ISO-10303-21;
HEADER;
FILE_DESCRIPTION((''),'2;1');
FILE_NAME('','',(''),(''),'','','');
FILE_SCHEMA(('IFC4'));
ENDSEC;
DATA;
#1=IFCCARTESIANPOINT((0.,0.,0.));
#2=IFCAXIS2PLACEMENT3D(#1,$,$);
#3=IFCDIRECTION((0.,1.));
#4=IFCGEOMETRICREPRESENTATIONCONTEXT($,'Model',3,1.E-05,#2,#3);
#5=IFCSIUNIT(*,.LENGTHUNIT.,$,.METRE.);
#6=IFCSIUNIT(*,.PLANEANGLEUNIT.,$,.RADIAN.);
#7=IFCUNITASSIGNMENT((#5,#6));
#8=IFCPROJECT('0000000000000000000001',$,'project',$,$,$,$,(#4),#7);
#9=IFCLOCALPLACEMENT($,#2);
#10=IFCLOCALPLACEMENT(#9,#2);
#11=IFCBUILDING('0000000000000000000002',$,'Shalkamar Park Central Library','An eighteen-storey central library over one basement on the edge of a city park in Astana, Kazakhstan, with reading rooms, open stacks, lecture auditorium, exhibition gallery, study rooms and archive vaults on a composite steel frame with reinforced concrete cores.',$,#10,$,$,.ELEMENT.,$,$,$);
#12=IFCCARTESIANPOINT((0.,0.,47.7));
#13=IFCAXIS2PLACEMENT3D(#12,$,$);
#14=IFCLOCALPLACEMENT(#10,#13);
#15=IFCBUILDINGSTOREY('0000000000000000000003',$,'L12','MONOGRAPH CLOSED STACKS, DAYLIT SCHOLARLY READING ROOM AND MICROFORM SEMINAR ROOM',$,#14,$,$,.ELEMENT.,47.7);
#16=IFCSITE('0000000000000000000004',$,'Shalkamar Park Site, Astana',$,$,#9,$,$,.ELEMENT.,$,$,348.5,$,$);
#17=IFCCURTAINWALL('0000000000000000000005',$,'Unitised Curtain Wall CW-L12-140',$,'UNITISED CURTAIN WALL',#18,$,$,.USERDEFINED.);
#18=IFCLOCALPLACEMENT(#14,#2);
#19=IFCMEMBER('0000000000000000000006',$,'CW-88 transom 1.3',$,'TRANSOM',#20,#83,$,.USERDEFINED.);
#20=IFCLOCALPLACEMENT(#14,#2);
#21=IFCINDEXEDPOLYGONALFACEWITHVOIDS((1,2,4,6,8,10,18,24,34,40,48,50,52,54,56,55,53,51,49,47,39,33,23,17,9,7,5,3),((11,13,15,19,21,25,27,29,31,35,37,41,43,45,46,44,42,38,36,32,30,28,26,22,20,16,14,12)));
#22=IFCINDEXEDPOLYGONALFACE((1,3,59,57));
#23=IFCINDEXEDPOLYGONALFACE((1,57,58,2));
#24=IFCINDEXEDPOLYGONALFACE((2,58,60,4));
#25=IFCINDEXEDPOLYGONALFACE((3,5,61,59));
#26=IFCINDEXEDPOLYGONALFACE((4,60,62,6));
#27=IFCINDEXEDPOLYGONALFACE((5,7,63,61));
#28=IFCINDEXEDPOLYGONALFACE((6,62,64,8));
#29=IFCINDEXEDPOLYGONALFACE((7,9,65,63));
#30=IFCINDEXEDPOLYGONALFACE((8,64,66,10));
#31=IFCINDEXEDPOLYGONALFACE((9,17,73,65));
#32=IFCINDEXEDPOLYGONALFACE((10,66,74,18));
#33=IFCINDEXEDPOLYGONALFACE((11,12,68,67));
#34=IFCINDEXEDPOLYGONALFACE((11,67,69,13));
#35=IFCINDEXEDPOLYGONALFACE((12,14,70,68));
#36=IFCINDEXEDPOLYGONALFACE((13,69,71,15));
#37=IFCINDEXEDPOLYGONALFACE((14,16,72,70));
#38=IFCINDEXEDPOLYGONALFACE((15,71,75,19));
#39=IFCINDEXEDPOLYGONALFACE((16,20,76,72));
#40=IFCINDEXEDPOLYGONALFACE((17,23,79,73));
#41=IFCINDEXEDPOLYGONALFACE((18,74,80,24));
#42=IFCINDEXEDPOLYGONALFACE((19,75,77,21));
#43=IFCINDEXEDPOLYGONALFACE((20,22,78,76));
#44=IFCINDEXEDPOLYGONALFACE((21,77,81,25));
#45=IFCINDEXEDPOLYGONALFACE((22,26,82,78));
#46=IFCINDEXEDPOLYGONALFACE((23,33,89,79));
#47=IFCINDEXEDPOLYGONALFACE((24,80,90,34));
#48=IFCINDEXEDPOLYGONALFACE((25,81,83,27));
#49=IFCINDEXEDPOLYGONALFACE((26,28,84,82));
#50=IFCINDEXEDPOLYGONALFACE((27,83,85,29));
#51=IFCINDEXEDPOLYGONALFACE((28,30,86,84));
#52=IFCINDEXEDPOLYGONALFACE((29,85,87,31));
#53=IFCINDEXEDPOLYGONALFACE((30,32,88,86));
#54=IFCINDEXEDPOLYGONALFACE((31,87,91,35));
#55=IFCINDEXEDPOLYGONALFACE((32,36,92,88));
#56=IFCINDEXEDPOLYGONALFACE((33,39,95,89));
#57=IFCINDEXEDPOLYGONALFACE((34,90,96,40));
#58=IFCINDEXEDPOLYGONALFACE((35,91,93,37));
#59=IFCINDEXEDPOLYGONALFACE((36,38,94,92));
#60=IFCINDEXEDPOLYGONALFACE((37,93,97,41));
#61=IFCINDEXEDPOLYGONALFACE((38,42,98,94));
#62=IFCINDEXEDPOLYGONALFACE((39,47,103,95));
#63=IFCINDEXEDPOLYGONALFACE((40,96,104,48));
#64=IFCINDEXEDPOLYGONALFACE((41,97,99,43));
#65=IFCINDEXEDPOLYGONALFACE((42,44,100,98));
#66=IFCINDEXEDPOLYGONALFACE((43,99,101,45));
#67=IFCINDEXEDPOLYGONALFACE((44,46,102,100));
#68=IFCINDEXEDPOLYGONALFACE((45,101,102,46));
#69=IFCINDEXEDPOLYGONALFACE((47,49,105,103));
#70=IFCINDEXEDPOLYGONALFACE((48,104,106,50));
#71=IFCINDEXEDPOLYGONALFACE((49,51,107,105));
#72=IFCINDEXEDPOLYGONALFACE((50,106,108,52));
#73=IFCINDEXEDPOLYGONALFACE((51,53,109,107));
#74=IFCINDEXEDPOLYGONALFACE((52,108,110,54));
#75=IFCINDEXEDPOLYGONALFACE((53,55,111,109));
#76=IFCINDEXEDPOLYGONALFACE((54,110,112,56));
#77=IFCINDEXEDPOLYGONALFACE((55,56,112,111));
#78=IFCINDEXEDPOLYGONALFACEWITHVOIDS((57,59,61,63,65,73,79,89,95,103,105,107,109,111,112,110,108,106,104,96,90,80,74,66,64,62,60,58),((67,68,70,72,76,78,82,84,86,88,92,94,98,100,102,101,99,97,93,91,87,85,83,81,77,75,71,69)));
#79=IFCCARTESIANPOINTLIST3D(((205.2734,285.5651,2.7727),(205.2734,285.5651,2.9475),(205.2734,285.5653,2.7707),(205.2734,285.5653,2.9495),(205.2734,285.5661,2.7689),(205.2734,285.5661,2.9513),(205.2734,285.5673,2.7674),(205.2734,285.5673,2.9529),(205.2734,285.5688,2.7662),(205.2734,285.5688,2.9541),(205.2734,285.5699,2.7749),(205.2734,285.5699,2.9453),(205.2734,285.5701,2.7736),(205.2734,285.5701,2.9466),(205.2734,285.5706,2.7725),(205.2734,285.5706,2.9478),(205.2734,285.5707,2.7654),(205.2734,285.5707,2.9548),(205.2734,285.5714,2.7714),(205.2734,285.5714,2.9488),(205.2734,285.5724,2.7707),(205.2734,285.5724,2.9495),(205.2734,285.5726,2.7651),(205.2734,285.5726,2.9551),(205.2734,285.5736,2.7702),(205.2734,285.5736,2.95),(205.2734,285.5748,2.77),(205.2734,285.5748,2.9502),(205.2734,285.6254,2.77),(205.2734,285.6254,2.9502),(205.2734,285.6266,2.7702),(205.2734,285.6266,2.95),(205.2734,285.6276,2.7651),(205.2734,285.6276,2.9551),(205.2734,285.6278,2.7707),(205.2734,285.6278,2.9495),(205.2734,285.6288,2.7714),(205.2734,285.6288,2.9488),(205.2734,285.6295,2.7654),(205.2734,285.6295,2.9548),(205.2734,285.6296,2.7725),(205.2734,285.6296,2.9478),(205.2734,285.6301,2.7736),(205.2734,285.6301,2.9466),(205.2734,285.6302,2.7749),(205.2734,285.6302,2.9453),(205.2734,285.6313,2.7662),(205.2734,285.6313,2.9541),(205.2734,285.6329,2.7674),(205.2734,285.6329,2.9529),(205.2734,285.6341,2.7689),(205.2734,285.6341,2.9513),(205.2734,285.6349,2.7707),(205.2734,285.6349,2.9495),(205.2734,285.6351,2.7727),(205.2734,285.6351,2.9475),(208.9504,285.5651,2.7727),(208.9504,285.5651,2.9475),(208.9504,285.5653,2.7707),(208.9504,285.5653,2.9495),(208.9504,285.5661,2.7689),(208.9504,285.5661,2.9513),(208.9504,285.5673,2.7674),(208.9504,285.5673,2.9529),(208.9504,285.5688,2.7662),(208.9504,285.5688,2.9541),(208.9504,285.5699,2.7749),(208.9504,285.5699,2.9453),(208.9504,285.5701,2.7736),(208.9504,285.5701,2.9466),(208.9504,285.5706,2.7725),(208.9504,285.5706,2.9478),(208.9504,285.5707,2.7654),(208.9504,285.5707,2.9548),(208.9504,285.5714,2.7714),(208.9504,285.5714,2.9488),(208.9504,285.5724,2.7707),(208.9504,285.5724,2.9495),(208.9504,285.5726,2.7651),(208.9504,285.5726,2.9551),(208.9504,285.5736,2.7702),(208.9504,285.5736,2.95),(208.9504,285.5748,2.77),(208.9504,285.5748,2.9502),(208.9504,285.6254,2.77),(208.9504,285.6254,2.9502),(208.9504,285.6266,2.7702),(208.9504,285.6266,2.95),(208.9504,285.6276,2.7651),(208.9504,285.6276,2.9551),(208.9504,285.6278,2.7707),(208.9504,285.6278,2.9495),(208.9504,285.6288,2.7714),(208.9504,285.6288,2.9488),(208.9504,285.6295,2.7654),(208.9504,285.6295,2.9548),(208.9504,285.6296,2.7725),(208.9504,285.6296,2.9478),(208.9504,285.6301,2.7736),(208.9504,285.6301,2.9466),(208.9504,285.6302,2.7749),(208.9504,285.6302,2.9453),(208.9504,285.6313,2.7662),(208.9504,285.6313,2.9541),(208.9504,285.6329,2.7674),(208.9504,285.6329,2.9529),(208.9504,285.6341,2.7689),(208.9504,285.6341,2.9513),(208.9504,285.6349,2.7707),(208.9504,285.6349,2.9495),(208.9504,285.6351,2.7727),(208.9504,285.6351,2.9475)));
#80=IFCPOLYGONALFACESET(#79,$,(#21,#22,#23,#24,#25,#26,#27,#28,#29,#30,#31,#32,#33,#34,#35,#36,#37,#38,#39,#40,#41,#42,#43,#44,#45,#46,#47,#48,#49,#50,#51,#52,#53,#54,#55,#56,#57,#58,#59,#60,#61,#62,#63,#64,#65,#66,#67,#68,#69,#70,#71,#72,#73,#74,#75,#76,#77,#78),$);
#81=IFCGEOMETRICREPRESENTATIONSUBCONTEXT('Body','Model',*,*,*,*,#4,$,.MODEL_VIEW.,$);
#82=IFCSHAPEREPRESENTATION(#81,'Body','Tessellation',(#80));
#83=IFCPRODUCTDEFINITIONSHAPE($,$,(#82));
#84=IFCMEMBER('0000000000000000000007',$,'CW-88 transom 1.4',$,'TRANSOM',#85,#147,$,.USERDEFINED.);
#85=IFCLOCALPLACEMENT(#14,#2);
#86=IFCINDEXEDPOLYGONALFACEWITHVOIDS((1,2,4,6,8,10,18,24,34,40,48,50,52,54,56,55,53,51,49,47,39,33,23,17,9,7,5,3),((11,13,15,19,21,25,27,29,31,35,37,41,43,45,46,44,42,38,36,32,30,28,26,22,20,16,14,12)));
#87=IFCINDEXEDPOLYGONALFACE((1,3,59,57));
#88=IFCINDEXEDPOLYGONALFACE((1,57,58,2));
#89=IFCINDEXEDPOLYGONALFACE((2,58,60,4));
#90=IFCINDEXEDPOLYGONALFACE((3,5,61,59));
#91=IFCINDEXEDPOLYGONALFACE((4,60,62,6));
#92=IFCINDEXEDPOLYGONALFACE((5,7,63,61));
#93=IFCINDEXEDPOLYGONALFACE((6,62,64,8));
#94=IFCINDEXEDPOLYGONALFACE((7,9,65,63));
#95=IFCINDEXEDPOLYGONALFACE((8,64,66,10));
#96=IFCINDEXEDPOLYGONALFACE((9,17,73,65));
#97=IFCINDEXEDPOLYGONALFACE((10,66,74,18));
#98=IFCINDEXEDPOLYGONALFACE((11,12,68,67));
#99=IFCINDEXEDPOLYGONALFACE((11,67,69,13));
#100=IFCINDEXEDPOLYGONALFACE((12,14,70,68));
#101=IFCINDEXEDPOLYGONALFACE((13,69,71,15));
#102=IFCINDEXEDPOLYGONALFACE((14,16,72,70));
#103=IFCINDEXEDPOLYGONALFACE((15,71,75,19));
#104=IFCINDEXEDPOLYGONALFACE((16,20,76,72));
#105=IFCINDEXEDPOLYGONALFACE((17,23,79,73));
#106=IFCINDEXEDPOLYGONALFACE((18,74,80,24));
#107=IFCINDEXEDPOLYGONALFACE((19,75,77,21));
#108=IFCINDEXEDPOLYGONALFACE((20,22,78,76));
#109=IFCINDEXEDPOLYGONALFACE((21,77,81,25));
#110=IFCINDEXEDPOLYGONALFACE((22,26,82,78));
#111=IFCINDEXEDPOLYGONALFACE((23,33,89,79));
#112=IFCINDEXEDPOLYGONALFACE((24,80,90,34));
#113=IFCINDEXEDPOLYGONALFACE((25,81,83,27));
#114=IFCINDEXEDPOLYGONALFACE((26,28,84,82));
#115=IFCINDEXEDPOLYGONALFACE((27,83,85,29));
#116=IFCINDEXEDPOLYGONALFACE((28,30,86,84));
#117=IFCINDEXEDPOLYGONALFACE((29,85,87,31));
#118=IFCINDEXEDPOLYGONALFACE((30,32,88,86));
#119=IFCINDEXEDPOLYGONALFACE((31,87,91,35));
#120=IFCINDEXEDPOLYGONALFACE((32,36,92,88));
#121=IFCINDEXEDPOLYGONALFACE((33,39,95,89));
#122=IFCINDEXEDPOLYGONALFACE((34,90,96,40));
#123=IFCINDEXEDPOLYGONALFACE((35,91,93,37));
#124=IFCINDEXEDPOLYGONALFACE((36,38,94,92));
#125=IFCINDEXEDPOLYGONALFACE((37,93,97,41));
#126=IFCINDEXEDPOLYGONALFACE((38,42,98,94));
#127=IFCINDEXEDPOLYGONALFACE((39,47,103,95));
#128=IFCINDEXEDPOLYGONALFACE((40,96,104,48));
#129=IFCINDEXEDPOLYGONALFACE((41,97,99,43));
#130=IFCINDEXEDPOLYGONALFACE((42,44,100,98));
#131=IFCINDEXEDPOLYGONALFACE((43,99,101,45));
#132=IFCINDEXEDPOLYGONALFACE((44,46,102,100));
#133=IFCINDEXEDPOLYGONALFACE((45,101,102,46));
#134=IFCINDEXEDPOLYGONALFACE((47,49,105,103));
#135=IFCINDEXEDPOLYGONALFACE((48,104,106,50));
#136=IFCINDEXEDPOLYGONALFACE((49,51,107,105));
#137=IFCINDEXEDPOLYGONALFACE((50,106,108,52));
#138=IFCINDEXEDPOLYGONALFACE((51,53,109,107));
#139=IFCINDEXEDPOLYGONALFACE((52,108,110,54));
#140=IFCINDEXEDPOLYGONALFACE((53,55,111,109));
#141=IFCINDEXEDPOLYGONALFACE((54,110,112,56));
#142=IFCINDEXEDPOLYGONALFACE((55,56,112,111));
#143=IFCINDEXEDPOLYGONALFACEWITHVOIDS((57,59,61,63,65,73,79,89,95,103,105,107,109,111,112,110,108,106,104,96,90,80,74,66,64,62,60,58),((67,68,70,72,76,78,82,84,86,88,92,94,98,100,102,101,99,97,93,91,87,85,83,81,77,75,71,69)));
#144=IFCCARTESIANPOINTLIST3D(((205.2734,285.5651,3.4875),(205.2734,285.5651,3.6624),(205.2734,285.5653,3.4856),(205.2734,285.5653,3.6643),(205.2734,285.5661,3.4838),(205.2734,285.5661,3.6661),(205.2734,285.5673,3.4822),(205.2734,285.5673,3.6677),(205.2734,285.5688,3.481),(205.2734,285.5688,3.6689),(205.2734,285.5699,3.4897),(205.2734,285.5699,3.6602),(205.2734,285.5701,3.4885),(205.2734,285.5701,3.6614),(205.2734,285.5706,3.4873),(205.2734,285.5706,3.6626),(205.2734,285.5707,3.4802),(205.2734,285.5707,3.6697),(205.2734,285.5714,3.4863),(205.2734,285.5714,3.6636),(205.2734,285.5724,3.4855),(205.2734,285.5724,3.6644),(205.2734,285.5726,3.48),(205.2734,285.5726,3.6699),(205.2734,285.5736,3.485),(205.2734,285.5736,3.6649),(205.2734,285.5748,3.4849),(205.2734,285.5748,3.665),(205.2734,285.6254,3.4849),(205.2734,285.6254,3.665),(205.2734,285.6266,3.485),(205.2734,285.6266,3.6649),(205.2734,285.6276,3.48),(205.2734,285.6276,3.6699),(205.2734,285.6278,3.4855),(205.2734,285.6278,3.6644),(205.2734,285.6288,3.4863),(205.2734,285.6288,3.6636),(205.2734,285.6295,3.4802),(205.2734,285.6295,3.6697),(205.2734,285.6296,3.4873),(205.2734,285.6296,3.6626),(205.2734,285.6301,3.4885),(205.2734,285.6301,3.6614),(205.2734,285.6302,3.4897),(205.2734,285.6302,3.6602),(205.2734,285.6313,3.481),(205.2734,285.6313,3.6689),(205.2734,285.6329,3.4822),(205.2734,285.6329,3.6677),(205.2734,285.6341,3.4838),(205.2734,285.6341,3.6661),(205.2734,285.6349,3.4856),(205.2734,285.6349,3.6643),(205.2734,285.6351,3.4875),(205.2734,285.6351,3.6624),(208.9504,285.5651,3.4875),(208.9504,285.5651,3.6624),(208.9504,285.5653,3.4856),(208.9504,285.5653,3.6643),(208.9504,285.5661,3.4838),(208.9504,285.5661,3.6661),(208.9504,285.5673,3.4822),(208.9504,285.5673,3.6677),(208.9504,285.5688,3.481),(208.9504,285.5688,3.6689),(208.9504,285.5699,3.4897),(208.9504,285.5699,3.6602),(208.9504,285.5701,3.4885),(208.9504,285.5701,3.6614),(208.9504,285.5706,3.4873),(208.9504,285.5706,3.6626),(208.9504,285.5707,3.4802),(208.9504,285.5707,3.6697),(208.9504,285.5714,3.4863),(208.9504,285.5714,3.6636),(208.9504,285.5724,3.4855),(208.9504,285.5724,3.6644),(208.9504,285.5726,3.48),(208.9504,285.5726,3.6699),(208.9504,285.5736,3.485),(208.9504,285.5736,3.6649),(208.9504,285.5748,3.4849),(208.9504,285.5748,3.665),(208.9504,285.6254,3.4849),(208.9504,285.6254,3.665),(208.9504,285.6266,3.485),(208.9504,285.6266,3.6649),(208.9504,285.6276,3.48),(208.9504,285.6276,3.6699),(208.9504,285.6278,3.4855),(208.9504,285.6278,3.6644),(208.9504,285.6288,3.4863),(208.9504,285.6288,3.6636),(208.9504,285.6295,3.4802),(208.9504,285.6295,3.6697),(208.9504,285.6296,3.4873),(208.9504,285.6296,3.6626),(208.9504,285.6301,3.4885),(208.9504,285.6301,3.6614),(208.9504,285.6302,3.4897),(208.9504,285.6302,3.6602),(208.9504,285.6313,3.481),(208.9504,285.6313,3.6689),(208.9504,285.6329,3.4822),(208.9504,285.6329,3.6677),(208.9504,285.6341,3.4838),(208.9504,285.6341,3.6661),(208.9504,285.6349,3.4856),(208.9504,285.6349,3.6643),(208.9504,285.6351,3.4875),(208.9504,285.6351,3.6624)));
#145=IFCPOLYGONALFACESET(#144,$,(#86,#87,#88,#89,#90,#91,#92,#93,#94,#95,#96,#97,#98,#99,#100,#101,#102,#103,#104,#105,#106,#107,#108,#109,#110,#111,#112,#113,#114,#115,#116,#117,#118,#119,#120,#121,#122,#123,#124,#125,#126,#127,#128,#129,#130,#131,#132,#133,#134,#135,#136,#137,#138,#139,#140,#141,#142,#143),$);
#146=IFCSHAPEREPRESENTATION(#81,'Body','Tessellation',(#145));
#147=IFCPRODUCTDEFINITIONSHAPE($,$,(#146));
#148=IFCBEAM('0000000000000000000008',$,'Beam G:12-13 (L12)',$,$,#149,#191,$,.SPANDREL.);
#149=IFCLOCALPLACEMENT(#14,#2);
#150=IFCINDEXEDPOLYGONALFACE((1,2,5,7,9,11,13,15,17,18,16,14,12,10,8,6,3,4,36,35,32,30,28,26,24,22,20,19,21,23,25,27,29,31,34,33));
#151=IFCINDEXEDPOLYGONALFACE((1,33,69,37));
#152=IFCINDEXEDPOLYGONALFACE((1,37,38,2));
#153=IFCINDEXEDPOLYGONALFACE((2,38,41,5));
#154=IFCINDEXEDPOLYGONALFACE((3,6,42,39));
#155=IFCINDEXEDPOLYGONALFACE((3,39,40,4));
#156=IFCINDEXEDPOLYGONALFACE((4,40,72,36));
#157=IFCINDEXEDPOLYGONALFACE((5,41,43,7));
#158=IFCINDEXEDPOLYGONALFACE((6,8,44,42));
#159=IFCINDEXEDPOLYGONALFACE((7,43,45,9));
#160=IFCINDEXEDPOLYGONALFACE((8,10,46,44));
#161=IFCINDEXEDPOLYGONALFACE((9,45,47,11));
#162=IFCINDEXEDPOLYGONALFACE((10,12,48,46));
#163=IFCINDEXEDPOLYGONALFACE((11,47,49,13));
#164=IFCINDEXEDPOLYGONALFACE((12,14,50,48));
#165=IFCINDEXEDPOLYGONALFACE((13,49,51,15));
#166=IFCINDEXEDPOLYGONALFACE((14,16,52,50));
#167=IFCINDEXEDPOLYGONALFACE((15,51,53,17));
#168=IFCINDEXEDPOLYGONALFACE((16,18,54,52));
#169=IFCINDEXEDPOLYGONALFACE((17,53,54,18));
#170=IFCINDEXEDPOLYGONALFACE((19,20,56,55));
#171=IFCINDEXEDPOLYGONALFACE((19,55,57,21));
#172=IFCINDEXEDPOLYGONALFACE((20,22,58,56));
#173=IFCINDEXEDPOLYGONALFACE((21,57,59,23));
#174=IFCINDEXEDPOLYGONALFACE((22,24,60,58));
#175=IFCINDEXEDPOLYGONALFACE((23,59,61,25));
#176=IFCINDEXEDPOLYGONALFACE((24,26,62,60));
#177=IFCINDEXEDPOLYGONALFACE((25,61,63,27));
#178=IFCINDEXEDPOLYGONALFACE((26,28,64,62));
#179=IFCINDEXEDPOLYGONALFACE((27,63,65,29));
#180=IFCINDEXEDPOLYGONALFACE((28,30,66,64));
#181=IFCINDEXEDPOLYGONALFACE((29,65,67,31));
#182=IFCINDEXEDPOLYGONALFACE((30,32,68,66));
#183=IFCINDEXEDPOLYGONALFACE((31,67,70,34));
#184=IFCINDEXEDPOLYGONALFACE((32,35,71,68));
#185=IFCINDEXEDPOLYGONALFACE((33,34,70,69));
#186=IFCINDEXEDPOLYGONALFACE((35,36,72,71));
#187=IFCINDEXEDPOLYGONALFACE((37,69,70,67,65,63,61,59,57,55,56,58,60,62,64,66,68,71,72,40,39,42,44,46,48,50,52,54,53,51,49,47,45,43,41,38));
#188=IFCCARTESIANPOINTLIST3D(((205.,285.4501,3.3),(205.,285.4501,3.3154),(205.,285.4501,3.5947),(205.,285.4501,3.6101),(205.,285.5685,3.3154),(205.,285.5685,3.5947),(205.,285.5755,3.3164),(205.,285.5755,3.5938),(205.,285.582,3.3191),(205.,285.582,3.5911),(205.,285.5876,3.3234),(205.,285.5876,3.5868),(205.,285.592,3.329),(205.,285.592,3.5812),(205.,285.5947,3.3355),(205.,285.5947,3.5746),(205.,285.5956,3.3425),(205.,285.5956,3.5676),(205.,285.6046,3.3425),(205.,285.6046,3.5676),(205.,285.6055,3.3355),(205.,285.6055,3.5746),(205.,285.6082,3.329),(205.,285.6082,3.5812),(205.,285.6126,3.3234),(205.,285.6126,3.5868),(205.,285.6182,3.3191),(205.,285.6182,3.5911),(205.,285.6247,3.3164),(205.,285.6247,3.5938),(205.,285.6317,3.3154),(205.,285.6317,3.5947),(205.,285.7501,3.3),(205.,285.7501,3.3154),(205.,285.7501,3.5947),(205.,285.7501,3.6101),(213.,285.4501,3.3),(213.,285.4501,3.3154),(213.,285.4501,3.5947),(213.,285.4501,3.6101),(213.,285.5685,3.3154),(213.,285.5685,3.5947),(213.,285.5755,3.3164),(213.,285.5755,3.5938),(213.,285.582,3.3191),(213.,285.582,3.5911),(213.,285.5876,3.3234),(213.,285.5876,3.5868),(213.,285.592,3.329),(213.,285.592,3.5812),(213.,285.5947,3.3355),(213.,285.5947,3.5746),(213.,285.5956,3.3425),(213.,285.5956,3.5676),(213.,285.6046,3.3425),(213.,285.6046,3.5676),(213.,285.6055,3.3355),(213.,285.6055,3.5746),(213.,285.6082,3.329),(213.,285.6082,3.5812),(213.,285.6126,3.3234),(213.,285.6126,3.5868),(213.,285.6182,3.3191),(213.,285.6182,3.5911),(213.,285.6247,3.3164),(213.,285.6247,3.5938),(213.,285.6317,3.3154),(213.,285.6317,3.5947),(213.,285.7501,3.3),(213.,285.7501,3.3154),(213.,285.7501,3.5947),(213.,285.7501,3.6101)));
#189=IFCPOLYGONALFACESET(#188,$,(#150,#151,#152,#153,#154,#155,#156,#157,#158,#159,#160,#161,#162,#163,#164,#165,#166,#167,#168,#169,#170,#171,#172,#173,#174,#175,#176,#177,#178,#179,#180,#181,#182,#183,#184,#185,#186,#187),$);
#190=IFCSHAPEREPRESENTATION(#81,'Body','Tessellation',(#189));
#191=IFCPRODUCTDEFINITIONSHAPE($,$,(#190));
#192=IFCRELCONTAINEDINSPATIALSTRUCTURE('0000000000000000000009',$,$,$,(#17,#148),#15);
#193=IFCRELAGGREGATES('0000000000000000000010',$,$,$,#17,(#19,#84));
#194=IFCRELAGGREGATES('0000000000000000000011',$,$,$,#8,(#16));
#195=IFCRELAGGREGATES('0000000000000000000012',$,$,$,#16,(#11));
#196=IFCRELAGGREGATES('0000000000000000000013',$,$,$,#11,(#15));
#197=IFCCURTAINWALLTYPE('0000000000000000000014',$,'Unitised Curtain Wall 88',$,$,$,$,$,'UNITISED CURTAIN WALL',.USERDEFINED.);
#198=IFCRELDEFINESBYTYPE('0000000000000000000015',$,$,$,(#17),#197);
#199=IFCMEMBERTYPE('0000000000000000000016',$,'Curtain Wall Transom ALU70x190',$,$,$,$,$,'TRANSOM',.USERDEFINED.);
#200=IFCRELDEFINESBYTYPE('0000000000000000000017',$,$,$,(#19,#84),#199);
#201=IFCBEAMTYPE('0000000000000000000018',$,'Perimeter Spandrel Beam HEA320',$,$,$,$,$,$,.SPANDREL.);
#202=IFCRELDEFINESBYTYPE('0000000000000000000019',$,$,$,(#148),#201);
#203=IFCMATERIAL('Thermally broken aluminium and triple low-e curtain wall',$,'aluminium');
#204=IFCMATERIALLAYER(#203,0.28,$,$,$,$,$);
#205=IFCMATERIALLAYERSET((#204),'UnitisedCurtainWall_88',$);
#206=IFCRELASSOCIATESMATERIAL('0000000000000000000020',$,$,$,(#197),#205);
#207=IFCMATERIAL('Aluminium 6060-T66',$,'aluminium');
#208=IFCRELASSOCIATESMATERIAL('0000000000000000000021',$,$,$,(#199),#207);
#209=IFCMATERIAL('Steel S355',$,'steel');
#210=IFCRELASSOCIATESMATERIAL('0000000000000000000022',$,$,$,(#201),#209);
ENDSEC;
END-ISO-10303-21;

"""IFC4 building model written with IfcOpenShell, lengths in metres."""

from ifc_helpers import new_model, si_unit, direction, frame, origin, origin_2d, place, context, subcontext, project, spatial, hollow_rectangle, i_section, extrude, material, layer, layer_set, material_profile, profile_set, type_object, element, aggregate, save


model = new_model("IFC4")

# Units and contexts
model_context = context("Model", 3, precision=1e-05, world=origin(), true_north=direction((0.0, 1.0)))
body_context = subcontext(model_context, "Body", "Model", "MODEL_VIEW")
ifc_project = project(units=[si_unit("LENGTHUNIT", "METRE"), si_unit("PLANEANGLEUNIT", "RADIAN")], contexts=[model_context])

# Site, building, storey
site_placement = place(None, origin())
site = spatial("IfcSite", under=ifc_project, at=site_placement, Name="Shalkamar Park Site, Astana", CompositionType="ELEMENT", RefElevation=348.5)
building_placement = place(site_placement, origin())
building = spatial("IfcBuilding", under=site, at=building_placement, Name="Shalkamar Park Central Library", Description="An eighteen-storey central library over one basement on the edge of a city park in Astana, Kazakhstan, with reading rooms, open stacks, lecture auditorium, exhibition gallery, study rooms and archive vaults on a composite steel frame with reinforced concrete cores.", CompositionType="ELEMENT")
storey_placement = place(building_placement, frame((0.0, 0.0, 47.7)))
storey = spatial("IfcBuildingStorey", under=building, at=storey_placement, Name="L12", Description="MONOGRAPH CLOSED STACKS, DAYLIT SCHOLARLY READING ROOM AND MICROFORM SEMINAR ROOM", CompositionType="ELEMENT", Elevation=47.7)

# Shared definitions
ifc_material_1 = material(Name="Steel S355", Category="steel")

# Shared definitions
ifc_material_2 = material(Name="Thermally broken aluminium and triple low-e curtain wall", Category="aluminium")
ifc_material_3 = material(Name="Aluminium 6060-T66", Category="aluminium")

# Curtain wall
ifc_layer_1 = layer(ifc_material_2, 0.28)
ifc_layer_set_1 = layer_set([ifc_layer_1], Name="UnitisedCurtainWall_88")
curtain_wall_type_1 = type_object("IfcCurtainWallType", Name="Unitised Curtain Wall 88", ElementType="UNITISED CURTAIN WALL", PredefinedType="USERDEFINED", material=ifc_layer_set_1)
curtain_wall_1_placement = place(storey_placement, origin())
curtain_wall_1 = element("IfcCurtainWall", 1, at=curtain_wall_1_placement, inside=storey, type_object=curtain_wall_type_1, Name="Unitised Curtain Wall CW-L12-140", ObjectType="UNITISED CURTAIN WALL", PredefinedType="USERDEFINED")

# Members
ifc_material_profile_1 = material_profile(ifc_material_3, hollow_rectangle(XDim=0.0701, YDim=0.1899, WallThickness=0.0049, InnerFilletRadius=0.0049, OuterFilletRadius=0.0076, at=origin_2d()), Name="ALU 70x190x5")
ifc_profile_set_1 = profile_set([ifc_material_profile_1], Name="Aluminium 6060-T66")
member_type_1 = type_object("IfcMemberType", Name="Curtain Wall Transom ALU70x190", ElementType="TRANSOM", PredefinedType="USERDEFINED", material=ifc_profile_set_1)
member_1_placement = place(storey_placement, frame((205.2734, 285.6001, 2.8601), z_axis=(1.0, 0.0, 0.0), x_axis=(0.0, 1.0, 0.0)))
member_1 = element("IfcMember", 2, at=member_1_placement, type_object=member_type_1, Name="CW-88 transom 1.3", ObjectType="TRANSOM", PredefinedType="USERDEFINED", context=body_context, shape_type="SweptSolid", body=[
    extrude(hollow_rectangle(XDim=0.0701, YDim=0.1899, WallThickness=0.0049, InnerFilletRadius=0.0049, OuterFilletRadius=0.0076, at=origin_2d()), origin(), (0.0, 0.0, 1.0), 3.677),
])
member_2_placement = place(storey_placement, frame((205.2734, 285.6001, 3.575), z_axis=(1.0, 0.0, 0.0), x_axis=(0.0, 1.0, 0.0)))
member_2 = element("IfcMember", 3, at=member_2_placement, type_object=member_type_1, Name="CW-88 transom 1.4", ObjectType="TRANSOM", PredefinedType="USERDEFINED", context=body_context, shape_type="SweptSolid", body=[
    extrude(hollow_rectangle(XDim=0.0701, YDim=0.1899, WallThickness=0.0049, InnerFilletRadius=0.0049, OuterFilletRadius=0.0076, at=origin_2d()), origin(), (0.0, 0.0, 1.0), 3.677),
])
aggregate(curtain_wall_1, [member_1, member_2])

# Beam
ifc_material_profile_2 = material_profile(ifc_material_1, i_section(OverallWidth=0.3, OverallDepth=0.3101, WebThickness=0.009, FlangeThickness=0.0154, FilletRadius=0.0271, at=origin_2d()), Name="HEA 320")
ifc_profile_set_2 = profile_set([ifc_material_profile_2], Name="Steel S355")
beam_type = type_object("IfcBeamType", Name="Perimeter Spandrel Beam HEA320", PredefinedType="SPANDREL", material=ifc_profile_set_2)
beam_placement = place(storey_placement, frame((205.0, 285.6001, 3.4551), z_axis=(1.0, 0.0, 0.0), x_axis=(0.0, 1.0, 0.0)))
element("IfcBeam", 4, at=beam_placement, inside=storey, type_object=beam_type, Name="Beam G:12-13 (L12)", PredefinedType="SPANDREL", context=body_context, shape_type="SweptSolid", body=[
    extrude(i_section(OverallWidth=0.3, OverallDepth=0.3101, WebThickness=0.009, FlangeThickness=0.0154, FilletRadius=0.0271, at=origin_2d()), origin(), (0.0, 0.0, 1.0), 8.0),
])

save(model, "model.ifc")
